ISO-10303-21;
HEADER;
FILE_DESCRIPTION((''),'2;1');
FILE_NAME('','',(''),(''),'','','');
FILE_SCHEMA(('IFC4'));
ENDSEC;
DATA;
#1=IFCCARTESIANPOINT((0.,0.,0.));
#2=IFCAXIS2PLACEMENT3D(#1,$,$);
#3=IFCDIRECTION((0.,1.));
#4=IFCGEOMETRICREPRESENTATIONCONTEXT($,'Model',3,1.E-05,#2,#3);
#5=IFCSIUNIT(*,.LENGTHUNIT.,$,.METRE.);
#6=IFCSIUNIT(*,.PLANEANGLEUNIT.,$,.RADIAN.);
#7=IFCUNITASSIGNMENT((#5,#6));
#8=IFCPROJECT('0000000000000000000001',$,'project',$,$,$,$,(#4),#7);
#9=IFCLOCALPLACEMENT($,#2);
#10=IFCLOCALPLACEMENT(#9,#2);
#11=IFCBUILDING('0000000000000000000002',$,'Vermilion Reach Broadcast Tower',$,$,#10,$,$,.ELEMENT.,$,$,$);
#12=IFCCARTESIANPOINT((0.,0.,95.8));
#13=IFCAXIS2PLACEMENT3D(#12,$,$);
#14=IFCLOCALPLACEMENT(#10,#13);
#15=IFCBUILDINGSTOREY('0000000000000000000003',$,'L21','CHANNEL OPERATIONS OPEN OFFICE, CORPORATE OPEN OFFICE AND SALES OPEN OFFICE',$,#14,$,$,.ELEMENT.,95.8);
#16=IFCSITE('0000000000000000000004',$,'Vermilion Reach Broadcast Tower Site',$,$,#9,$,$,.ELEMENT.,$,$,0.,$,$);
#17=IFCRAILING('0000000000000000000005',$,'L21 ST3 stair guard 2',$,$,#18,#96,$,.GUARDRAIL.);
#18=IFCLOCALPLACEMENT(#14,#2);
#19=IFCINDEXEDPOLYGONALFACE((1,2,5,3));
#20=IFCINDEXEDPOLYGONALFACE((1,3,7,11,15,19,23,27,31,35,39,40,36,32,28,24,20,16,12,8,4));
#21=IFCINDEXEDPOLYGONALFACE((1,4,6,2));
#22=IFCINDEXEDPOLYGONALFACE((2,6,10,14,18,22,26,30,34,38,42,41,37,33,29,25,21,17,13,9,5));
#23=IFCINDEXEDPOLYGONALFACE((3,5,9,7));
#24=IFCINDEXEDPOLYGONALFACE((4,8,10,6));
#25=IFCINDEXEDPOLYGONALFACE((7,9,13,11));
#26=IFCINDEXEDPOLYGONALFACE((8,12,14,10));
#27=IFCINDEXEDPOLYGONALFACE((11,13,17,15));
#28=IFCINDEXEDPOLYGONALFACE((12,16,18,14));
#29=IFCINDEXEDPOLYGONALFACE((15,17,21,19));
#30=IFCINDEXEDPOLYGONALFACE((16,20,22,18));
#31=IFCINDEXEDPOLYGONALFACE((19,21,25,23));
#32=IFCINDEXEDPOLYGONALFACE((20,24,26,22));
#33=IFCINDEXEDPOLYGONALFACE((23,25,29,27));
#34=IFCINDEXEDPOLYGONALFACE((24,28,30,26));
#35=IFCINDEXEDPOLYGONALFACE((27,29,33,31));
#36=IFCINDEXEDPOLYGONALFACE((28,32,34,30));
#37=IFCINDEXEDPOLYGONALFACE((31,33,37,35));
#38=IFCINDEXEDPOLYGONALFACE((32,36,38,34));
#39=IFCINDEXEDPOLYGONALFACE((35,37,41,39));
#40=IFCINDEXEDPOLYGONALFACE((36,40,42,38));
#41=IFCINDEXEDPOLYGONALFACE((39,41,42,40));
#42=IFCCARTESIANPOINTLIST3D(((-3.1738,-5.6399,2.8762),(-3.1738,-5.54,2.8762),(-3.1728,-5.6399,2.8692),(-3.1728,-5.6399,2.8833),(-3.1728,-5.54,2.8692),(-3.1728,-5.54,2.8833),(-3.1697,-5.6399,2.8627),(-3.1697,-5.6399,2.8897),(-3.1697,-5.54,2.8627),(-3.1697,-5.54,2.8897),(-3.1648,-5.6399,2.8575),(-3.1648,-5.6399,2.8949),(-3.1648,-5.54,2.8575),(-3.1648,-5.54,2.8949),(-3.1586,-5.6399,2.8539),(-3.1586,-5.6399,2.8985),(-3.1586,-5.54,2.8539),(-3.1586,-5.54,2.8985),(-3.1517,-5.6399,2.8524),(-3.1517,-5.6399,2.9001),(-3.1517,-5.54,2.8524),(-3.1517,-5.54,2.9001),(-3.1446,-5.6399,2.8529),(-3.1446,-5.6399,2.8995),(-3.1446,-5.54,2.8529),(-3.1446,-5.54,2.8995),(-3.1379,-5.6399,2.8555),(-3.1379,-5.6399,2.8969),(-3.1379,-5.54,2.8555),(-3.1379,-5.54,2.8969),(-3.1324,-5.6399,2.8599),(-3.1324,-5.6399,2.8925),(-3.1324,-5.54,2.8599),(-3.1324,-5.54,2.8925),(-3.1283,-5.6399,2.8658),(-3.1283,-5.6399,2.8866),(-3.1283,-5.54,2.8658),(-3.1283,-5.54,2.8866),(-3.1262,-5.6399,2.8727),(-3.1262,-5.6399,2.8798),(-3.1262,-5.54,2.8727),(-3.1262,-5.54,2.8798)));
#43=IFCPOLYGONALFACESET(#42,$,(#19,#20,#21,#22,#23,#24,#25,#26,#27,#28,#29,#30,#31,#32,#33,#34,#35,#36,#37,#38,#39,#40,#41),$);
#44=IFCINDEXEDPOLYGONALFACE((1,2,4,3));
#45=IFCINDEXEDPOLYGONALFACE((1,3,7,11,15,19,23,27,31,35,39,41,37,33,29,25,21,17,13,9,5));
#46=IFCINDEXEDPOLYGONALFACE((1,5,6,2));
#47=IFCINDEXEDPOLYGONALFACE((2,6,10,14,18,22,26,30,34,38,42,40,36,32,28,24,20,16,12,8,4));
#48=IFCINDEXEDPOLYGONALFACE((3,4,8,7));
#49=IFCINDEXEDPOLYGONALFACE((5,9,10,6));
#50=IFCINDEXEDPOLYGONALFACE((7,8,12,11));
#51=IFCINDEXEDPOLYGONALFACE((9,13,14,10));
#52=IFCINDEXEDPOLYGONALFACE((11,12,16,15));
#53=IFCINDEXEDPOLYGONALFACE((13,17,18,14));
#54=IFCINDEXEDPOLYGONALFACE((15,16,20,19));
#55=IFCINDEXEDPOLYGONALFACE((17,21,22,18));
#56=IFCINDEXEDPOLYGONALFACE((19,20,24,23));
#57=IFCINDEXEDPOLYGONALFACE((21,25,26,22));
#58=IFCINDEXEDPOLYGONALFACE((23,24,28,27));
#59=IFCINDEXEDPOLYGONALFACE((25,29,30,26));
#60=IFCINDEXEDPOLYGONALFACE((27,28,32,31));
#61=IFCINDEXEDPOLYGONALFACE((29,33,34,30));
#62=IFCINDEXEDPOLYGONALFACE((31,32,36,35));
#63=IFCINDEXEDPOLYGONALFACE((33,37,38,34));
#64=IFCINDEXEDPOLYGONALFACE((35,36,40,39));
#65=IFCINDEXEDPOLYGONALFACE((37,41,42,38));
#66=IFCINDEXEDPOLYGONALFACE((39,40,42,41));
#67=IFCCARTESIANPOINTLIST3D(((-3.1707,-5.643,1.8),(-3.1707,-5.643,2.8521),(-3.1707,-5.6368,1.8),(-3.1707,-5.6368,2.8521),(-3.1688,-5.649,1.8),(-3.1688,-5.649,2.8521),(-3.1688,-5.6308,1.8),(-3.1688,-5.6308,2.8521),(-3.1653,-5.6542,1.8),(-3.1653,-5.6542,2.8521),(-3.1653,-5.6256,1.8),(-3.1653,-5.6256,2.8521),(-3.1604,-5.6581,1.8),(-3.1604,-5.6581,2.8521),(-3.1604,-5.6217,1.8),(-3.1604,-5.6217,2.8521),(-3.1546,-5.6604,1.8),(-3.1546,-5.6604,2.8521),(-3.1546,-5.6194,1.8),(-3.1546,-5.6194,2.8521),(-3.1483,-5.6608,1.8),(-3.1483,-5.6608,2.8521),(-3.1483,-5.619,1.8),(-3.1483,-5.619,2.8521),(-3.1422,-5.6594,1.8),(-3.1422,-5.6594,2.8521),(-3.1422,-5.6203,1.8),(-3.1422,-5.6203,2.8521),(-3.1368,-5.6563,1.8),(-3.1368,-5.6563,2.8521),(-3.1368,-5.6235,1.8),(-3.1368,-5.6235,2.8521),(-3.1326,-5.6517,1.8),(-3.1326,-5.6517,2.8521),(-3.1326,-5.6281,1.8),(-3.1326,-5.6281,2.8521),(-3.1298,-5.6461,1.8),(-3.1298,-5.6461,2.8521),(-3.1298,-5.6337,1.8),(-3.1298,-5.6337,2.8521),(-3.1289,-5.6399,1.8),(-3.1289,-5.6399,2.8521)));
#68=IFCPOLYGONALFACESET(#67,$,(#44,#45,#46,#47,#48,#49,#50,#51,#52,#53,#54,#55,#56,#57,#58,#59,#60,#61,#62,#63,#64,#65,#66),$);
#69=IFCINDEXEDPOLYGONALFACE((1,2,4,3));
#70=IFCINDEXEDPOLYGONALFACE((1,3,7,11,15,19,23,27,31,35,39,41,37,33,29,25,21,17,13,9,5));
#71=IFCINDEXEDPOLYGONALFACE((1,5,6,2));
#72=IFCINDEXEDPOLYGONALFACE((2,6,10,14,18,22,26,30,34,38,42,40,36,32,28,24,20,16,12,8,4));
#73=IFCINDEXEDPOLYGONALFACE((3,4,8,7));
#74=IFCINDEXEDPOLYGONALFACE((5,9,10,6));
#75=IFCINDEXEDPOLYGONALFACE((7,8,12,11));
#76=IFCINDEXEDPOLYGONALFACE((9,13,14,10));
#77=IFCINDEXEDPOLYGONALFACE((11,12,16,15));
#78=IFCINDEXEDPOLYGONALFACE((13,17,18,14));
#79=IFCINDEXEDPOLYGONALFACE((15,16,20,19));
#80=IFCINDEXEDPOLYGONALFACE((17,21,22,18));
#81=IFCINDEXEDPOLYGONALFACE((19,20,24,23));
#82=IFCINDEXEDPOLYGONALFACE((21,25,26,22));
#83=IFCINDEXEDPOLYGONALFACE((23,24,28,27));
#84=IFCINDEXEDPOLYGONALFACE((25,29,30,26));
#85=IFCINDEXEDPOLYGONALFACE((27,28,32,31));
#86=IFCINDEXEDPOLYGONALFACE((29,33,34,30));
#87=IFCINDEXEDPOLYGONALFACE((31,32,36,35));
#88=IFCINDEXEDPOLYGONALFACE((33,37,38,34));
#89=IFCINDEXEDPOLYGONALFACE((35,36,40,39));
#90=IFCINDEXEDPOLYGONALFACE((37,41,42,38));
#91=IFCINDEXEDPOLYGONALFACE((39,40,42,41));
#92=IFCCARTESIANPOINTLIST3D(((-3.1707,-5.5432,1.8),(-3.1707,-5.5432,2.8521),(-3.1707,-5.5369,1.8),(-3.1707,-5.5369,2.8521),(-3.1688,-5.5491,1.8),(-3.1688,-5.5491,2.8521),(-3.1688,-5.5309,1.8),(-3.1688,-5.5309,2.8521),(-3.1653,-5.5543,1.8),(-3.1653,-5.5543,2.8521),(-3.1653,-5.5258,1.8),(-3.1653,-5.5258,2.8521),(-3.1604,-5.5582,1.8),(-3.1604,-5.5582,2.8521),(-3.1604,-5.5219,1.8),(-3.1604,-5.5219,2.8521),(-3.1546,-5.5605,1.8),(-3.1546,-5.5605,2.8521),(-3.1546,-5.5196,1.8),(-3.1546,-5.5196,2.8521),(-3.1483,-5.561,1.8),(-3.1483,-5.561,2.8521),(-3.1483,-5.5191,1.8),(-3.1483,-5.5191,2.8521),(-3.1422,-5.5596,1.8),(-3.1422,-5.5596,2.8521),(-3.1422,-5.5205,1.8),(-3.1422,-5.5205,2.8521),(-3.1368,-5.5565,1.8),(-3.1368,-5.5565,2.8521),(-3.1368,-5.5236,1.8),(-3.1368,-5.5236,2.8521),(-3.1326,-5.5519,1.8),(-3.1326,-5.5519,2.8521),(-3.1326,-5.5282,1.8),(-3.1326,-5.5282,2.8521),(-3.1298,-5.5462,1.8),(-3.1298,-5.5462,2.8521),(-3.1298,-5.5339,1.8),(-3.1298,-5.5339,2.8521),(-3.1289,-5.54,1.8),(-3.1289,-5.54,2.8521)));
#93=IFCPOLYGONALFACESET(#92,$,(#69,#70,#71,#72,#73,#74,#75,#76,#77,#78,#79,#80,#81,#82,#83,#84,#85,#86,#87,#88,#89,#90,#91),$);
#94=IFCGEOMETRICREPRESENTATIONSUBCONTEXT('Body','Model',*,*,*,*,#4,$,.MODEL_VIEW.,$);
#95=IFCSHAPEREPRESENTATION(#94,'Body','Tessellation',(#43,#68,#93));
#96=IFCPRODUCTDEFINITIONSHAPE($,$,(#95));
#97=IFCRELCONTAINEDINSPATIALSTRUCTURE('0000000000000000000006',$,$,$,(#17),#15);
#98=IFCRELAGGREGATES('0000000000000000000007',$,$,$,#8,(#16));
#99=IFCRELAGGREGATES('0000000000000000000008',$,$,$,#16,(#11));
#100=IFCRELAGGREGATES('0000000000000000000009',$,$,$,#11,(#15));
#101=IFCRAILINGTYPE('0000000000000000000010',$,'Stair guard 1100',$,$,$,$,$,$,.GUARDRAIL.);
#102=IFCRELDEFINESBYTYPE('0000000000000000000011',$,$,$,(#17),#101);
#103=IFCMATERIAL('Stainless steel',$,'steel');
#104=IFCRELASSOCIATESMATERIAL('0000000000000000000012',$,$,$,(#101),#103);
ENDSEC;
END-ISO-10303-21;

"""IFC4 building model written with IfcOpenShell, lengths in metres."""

from ifc_helpers import new_model, si_unit, direction, frame, origin, origin_2d, place, context, subcontext, project, spatial, circle, extrude, material, type_object, element, save


model = new_model("IFC4")

# Units and contexts
model_context = context("Model", 3, precision=1e-05, world=origin(), true_north=direction((0.0, 1.0)))
body_context = subcontext(model_context, "Body", "Model", "MODEL_VIEW")
ifc_project = project(units=[si_unit("LENGTHUNIT", "METRE"), si_unit("PLANEANGLEUNIT", "RADIAN")], contexts=[model_context])

# Site, building, storey
site_placement = place(None, origin())
site = spatial("IfcSite", under=ifc_project, at=site_placement, Name="Vermilion Reach Broadcast Tower Site", CompositionType="ELEMENT", RefElevation=0.0)
building_placement = place(site_placement, origin())
building = spatial("IfcBuilding", under=site, at=building_placement, Name="Vermilion Reach Broadcast Tower", CompositionType="ELEMENT")
storey_placement = place(building_placement, frame((0.0, 0.0, 95.8)))
storey = spatial("IfcBuildingStorey", under=building, at=storey_placement, Name="L21", Description="CHANNEL OPERATIONS OPEN OFFICE, CORPORATE OPEN OFFICE AND SALES OPEN OFFICE", CompositionType="ELEMENT", Elevation=95.8)

# Railing
ifc_material_1 = material(Name="Stainless steel", Category="steel")
railing_type_1 = type_object("IfcRailingType", Name="Stair guard 1100", PredefinedType="GUARDRAIL", material=ifc_material_1)
railing_1_placement = place(storey_placement, frame((-3.1499, -5.6399, 1.8)))
element("IfcRailing", 1, at=railing_1_placement, inside=storey, type_object=railing_type_1, Name="L21 ST3 stair guard 2", PredefinedType="GUARDRAIL", context=body_context, shape_type="SweptSolid", body=[
    extrude(circle(Radius=0.0239, at=origin_2d()), frame((0.0, 0.0, 1.0762), z_axis=(0.0, 1.0, 0.0), x_axis=(-1.0, 0.0, 0.0)), (0.0, 0.0, 1.0), 0.0999),
    extrude(circle(Radius=0.021, at=origin_2d()), origin(), (0.0, 0.0, 1.0), 1.052),
    extrude(circle(Radius=0.021, at=origin_2d()), frame((0.0, 0.0999, 0.0)), (0.0, 0.0, 1.0), 1.052),
])

save(model, "model.ifc")
